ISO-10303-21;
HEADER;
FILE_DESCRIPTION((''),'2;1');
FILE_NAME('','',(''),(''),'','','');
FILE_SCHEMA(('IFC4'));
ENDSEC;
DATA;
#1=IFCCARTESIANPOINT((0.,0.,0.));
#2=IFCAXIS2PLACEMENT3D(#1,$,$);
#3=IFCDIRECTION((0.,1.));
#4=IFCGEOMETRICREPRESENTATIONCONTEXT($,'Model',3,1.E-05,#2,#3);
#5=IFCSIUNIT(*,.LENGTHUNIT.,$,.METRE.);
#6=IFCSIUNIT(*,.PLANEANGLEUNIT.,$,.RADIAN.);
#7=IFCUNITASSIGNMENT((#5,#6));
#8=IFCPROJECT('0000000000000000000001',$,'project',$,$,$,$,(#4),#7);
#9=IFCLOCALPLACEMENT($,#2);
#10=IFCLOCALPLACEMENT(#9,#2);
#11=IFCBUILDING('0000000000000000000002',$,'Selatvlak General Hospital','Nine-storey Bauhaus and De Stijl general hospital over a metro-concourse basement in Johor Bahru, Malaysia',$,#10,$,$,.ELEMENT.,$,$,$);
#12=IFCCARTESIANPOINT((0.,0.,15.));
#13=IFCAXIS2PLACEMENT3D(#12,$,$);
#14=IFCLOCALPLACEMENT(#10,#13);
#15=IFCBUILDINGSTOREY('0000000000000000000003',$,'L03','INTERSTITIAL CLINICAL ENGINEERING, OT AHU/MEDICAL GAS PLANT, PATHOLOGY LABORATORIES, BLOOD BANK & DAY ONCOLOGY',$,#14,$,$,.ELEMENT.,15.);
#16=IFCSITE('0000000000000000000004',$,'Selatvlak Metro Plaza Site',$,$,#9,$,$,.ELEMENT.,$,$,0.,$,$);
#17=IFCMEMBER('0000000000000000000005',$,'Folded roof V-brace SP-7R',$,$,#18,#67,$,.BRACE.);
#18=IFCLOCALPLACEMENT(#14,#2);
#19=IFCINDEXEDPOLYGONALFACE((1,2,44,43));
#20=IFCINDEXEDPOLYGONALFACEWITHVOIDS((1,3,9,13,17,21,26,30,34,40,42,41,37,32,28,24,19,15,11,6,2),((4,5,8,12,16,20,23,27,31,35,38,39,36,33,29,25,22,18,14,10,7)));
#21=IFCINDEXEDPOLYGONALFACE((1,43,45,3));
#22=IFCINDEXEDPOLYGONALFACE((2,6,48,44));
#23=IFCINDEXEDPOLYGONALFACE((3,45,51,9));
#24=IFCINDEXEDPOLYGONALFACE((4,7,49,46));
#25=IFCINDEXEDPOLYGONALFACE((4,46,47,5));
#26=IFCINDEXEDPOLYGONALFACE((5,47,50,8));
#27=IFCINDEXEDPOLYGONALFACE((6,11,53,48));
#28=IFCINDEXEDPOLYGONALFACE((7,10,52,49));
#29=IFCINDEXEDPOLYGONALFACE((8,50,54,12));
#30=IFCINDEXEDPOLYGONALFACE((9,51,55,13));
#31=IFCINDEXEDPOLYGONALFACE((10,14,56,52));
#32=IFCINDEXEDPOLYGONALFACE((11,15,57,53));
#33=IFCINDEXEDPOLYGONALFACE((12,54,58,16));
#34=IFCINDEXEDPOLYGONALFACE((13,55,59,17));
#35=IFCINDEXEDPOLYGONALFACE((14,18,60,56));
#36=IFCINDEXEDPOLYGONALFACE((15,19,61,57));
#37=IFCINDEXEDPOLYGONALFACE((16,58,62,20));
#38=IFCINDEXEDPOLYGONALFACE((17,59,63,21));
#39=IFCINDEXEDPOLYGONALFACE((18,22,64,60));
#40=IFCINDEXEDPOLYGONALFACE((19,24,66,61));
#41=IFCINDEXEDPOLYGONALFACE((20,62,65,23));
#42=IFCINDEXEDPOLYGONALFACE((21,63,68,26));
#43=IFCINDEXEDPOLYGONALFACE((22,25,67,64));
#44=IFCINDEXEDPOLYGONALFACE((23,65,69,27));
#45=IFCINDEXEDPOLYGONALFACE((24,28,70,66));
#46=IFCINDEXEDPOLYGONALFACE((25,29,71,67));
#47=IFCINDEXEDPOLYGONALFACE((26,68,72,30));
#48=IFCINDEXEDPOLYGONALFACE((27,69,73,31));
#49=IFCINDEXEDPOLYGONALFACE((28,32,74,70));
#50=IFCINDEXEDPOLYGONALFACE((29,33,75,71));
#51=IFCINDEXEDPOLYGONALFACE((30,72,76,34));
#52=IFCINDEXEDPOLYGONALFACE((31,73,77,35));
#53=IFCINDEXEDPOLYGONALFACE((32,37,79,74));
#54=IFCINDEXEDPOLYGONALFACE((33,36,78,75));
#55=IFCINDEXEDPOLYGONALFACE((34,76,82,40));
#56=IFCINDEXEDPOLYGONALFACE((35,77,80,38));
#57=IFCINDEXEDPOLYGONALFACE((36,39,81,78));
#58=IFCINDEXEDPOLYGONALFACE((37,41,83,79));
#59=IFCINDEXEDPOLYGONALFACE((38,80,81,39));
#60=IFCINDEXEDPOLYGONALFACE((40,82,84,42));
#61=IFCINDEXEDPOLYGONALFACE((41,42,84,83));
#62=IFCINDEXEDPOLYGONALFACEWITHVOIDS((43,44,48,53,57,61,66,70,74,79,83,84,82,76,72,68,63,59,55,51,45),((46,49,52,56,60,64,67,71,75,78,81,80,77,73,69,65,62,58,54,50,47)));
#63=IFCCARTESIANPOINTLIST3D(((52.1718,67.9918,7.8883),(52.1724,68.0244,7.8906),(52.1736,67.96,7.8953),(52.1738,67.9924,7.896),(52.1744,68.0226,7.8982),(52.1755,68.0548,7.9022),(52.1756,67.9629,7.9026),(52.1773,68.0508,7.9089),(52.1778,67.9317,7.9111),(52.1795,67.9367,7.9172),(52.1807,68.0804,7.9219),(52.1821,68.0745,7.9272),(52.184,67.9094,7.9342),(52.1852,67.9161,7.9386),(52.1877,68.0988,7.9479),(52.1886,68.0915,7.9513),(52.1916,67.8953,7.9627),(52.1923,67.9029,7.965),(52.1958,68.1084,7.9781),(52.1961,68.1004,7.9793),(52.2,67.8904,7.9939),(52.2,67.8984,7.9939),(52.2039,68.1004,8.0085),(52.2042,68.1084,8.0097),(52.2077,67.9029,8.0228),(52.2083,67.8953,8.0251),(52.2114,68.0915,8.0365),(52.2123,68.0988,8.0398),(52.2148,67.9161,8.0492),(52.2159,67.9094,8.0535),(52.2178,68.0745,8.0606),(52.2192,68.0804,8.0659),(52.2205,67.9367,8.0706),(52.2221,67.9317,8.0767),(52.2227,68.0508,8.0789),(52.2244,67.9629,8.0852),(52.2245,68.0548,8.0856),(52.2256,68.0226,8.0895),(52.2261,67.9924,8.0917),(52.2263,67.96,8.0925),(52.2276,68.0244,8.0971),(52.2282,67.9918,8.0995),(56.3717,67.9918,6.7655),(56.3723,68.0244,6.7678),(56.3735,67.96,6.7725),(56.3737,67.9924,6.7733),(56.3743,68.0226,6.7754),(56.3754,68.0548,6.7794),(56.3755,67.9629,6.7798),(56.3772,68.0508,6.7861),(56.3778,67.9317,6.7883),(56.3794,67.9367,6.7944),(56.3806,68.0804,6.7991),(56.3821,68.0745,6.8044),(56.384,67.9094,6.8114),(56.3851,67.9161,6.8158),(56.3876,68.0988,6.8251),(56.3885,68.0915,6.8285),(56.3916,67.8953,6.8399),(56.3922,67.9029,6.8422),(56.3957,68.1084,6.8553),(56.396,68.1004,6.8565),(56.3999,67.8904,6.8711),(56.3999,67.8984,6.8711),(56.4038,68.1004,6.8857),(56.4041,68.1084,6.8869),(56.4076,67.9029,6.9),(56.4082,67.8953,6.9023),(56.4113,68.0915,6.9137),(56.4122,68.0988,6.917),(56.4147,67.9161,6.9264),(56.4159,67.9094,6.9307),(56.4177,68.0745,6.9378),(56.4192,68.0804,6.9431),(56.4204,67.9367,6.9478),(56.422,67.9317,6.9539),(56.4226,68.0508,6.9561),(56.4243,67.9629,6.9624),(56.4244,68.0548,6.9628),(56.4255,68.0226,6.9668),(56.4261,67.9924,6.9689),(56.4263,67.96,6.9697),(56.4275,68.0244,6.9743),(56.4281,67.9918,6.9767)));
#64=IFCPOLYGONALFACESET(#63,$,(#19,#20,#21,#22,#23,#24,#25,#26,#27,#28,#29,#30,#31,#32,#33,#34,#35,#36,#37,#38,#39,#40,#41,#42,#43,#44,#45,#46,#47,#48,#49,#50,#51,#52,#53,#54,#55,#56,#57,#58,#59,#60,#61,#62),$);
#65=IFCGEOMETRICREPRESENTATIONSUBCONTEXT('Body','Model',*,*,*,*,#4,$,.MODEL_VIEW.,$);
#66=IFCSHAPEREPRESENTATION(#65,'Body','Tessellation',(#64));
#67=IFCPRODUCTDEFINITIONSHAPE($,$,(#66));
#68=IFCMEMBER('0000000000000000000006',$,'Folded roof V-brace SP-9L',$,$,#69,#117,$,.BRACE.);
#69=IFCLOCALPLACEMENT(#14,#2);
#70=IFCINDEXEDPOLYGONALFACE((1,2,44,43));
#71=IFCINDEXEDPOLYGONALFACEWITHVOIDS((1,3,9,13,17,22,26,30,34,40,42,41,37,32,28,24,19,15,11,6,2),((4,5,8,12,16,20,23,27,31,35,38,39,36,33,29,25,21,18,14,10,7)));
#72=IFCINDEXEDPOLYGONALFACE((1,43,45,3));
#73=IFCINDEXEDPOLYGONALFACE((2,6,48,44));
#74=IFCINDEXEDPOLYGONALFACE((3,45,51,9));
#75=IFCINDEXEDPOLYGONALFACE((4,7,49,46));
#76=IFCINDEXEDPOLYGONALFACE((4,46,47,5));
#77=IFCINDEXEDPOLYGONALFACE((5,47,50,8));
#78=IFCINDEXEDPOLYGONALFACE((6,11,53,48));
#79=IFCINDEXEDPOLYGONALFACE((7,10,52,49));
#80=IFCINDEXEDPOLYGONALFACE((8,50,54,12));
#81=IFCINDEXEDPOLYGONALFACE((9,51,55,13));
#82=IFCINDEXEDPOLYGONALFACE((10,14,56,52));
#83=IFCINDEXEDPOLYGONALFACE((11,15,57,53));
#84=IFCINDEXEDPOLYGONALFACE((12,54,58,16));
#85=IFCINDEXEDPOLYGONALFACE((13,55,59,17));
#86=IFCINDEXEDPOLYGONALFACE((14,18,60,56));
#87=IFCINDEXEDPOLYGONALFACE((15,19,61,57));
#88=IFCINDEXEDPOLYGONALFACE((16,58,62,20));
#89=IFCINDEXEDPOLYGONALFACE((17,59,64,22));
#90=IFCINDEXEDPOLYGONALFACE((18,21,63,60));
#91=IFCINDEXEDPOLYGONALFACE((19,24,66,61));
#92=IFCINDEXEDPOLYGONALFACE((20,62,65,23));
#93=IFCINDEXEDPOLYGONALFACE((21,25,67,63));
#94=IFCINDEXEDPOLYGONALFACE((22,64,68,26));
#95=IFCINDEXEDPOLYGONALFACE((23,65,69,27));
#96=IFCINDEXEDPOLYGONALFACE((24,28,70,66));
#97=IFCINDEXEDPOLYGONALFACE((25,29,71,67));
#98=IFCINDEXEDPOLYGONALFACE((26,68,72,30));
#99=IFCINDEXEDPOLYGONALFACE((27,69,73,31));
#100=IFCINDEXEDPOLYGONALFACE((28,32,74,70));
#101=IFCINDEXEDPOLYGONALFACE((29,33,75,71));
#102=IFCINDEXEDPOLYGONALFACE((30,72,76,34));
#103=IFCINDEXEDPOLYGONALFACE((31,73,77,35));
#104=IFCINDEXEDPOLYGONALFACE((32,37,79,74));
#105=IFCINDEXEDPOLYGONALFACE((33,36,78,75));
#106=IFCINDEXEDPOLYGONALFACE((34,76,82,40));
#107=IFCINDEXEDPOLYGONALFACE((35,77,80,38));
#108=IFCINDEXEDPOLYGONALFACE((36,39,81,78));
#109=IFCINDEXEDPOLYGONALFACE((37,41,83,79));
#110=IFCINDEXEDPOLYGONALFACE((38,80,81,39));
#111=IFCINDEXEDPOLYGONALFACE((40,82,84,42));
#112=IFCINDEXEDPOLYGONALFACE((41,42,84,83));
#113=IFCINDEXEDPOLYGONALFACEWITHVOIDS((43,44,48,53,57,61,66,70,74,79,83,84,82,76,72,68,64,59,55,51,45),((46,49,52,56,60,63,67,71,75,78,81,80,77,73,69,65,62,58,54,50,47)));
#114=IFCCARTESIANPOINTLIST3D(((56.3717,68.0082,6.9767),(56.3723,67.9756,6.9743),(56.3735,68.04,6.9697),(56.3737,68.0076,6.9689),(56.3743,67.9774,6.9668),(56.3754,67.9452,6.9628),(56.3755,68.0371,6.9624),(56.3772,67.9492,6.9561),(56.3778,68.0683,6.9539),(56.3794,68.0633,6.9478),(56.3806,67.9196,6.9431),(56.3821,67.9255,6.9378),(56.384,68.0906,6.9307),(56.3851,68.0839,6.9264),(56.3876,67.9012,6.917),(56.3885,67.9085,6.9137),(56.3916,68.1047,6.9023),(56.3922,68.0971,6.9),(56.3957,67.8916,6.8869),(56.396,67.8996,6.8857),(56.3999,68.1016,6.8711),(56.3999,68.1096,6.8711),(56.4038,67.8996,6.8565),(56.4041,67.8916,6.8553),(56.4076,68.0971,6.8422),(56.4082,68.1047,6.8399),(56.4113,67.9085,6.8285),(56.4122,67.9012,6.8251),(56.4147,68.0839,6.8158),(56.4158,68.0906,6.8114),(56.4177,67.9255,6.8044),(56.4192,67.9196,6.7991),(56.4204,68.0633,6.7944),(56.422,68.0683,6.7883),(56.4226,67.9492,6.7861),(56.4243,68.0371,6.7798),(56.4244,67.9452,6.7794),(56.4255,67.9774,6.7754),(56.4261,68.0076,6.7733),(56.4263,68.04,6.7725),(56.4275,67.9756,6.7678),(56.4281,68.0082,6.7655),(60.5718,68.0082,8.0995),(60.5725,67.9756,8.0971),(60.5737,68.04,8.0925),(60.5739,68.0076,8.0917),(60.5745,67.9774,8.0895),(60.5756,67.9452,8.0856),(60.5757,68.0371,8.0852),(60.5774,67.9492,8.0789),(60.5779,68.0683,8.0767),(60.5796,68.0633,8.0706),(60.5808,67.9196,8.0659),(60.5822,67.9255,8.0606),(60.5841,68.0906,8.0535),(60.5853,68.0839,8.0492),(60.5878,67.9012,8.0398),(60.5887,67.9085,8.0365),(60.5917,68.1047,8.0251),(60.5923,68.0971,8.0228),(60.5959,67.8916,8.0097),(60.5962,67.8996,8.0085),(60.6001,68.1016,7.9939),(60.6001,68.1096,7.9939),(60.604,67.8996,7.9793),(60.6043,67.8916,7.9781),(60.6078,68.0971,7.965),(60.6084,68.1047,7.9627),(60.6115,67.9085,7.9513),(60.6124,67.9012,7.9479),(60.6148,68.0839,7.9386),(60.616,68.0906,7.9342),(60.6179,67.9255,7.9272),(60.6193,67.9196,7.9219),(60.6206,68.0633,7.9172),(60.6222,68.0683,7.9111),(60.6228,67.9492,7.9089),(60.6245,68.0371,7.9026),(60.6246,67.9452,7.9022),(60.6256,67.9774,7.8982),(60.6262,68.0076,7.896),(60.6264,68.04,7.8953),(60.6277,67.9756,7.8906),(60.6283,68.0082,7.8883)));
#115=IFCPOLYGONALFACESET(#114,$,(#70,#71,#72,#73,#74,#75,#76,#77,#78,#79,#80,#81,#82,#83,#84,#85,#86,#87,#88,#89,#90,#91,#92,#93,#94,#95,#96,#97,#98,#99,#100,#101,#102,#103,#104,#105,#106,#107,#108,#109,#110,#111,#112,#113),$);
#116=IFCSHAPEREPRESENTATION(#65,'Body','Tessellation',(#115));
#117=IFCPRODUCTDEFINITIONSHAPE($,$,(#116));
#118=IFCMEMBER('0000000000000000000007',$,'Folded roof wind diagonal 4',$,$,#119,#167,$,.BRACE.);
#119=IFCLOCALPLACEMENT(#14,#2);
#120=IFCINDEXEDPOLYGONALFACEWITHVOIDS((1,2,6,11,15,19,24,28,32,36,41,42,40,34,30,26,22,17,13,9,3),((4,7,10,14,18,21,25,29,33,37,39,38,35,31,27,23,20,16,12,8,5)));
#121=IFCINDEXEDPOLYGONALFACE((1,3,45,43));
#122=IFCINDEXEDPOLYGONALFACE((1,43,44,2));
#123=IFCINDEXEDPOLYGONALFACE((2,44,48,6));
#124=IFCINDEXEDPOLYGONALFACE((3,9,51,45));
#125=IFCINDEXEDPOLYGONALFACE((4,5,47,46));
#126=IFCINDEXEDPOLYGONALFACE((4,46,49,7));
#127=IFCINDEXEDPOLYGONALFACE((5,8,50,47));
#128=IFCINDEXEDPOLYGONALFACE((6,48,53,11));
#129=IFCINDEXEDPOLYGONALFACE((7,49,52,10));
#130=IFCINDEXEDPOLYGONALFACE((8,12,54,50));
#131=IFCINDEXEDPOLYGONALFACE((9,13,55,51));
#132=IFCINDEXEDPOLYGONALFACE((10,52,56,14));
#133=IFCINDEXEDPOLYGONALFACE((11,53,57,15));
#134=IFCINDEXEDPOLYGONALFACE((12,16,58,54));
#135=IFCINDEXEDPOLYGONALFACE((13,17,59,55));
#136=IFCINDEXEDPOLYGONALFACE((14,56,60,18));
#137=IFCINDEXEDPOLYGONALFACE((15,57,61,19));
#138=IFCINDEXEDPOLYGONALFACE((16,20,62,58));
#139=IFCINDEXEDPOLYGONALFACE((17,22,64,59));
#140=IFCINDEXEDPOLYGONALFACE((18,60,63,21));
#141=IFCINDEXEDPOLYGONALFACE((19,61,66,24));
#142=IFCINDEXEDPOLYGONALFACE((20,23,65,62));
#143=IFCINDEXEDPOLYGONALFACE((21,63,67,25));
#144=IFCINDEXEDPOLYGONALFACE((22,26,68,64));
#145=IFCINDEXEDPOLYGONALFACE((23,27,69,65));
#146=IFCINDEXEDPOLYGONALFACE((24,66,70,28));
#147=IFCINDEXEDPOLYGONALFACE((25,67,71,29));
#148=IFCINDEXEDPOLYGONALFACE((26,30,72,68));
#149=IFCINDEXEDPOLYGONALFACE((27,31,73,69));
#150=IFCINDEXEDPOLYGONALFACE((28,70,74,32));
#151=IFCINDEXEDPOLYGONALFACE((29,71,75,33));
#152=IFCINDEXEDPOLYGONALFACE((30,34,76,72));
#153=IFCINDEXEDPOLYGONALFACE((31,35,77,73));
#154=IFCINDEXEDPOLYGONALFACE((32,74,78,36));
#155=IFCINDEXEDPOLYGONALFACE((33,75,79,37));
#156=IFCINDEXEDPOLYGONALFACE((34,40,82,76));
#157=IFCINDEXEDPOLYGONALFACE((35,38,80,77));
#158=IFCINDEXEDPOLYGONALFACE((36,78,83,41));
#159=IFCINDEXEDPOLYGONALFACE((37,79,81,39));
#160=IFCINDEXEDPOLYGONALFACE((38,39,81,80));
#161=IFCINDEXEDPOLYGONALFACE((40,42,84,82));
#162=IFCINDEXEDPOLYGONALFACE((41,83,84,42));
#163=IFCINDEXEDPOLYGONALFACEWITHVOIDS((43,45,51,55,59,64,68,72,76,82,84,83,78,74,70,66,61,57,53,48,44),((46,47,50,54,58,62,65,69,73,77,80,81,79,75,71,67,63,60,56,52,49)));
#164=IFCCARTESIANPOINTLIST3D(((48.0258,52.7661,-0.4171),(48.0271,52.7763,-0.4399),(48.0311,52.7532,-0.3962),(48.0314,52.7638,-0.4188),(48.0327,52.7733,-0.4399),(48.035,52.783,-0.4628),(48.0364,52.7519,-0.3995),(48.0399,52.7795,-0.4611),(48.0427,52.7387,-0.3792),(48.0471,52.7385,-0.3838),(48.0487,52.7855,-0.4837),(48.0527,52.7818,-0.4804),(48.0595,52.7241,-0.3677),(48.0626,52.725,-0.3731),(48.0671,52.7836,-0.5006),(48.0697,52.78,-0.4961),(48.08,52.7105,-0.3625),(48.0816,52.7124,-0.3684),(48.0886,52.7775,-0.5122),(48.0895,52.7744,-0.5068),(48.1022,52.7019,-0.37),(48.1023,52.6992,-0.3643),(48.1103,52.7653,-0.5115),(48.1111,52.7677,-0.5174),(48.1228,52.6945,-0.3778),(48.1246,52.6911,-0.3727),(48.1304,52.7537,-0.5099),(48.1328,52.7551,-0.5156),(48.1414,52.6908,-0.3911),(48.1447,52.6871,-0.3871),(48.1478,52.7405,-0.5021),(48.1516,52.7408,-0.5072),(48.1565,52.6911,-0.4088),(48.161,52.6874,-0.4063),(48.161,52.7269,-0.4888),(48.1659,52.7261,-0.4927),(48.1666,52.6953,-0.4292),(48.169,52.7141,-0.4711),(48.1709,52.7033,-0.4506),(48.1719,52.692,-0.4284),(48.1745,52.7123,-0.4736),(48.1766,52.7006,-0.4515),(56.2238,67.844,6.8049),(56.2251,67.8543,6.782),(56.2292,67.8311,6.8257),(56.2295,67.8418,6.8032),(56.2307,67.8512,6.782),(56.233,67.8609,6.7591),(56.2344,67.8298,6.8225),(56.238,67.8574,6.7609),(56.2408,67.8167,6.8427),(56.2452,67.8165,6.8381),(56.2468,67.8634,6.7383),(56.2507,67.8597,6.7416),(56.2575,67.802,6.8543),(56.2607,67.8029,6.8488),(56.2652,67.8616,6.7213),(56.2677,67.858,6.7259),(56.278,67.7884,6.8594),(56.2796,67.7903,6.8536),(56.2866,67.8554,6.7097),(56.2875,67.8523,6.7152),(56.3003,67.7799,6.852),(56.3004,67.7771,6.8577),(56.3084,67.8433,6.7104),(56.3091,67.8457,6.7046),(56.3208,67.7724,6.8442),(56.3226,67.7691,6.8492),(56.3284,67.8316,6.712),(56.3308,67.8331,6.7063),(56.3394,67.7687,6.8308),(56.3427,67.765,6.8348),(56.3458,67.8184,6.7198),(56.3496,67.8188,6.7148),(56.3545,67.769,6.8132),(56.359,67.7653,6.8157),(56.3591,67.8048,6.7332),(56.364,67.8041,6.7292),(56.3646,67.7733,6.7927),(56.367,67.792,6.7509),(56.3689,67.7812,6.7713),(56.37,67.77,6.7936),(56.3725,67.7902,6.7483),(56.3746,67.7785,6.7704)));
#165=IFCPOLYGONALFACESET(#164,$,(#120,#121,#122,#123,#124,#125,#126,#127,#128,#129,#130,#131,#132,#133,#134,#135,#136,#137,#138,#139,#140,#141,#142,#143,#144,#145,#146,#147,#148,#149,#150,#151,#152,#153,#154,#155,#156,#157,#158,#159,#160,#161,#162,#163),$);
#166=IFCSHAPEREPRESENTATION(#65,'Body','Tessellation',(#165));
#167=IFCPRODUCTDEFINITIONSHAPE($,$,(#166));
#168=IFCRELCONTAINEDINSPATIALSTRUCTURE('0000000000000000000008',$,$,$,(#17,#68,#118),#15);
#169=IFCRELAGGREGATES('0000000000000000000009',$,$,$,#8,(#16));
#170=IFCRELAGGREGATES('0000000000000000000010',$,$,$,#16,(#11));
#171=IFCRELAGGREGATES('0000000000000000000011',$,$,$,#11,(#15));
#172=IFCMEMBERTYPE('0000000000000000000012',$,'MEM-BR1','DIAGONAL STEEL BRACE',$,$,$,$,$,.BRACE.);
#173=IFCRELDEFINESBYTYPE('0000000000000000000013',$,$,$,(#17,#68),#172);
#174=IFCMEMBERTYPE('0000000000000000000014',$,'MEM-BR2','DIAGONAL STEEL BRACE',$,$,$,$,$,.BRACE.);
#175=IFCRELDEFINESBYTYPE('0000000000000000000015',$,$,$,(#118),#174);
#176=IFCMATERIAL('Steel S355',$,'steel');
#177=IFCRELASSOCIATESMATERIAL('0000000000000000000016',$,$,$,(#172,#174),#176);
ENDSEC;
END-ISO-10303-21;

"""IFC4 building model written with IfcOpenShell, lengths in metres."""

from ifc_helpers import new_model, si_unit, direction, frame, origin, origin_2d, place, context, subcontext, project, spatial, hollow_circle, extrude, material, material_profile, profile_set, type_object, element, save


model = new_model("IFC4")

# Units and contexts
model_context = context("Model", 3, precision=1e-05, world=origin(), true_north=direction((0.0, 1.0)))
body_context = subcontext(model_context, "Body", "Model", "MODEL_VIEW")
ifc_project = project(units=[si_unit("LENGTHUNIT", "METRE"), si_unit("PLANEANGLEUNIT", "RADIAN")], contexts=[model_context])

# Site, building, storey
site_placement = place(None, origin())
site = spatial("IfcSite", under=ifc_project, at=site_placement, Name="Selatvlak Metro Plaza Site", CompositionType="ELEMENT", RefElevation=0.0)
building_placement = place(site_placement, origin())
building = spatial("IfcBuilding", under=site, at=building_placement, Name="Selatvlak General Hospital", Description="Nine-storey Bauhaus and De Stijl general hospital over a metro-concourse basement in Johor Bahru, Malaysia", CompositionType="ELEMENT")
storey_placement = place(building_placement, frame((0.0, 0.0, 15.0)))
storey = spatial("IfcBuildingStorey", under=building, at=storey_placement, Name="L03", Description="INTERSTITIAL CLINICAL ENGINEERING, OT AHU/MEDICAL GAS PLANT, PATHOLOGY LABORATORIES, BLOOD BANK & DAY ONCOLOGY", CompositionType="ELEMENT", Elevation=15.0)

# Shared definitions
ifc_material = material(Name="Steel S355", Category="steel")

# Members
ifc_material_profile_1 = material_profile(ifc_material, hollow_circle(Radius=0.1096, WallThickness=0.0081, at=origin_2d()), Name="CHS 219.1x8")
ifc_profile_set_1 = profile_set([ifc_material_profile_1], Name="Steel S355")
member_type_1 = type_object("IfcMemberType", Name="MEM-BR1", Description="DIAGONAL STEEL BRACE", PredefinedType="BRACE", material=ifc_profile_set_1)
for number, where, z_axis, x_axis, name in (
    (1, (56.3999, 68.0, 6.8711), (-0.966074, 0.0, 0.258267), (0.0, -1.0, 0.0), "Folded roof V-brace SP-7R"),
):
    element("IfcMember", number, at=place(storey_placement, frame(where, z_axis=z_axis, x_axis=x_axis)), inside=storey, type_object=member_type_1, Name=name, PredefinedType="BRACE", context=body_context, shape_type="SweptSolid", body=[
        extrude(hollow_circle(Radius=0.1096, WallThickness=0.0081, at=origin_2d()), origin(), (0.0, 0.0, 1.0), 4.3474),
    ])
member_1_placement = place(storey_placement, frame((56.3999, 68.0, 6.8711), z_axis=(0.966077, 0.0, 0.258253), x_axis=(0.0, 1.0, 0.0)))
element("IfcMember", 2, at=member_1_placement, inside=storey, type_object=member_type_1, Name="Folded roof V-brace SP-9L", PredefinedType="BRACE", context=body_context, shape_type="SweptSolid", body=[
    extrude(hollow_circle(Radius=0.1096, WallThickness=0.0081, at=origin_2d()), origin(), (0.0, 0.0, 1.0), 4.3477),
])
ifc_material_profile_2 = material_profile(ifc_material, hollow_circle(Radius=0.0842, WallThickness=0.0063, at=origin_2d()), Name="CHS 168.3x6.3")
ifc_profile_set_2 = profile_set([ifc_material_profile_2], Name="Steel S355")
member_type_2 = type_object("IfcMemberType", Name="MEM-BR2", Description="DIAGONAL STEEL BRACE", PredefinedType="BRACE", material=ifc_profile_set_2)
member_2_placement = place(storey_placement, frame((48.1011, 52.7361, -0.4399), z_axis=(0.440278, 0.809766, 0.387858), x_axis=(-0.878539, 0.477671, 0.0)))
element("IfcMember", 3, at=member_2_placement, inside=storey, type_object=member_type_2, Name="Folded roof wind diagonal 4", PredefinedType="BRACE", context=body_context, shape_type="SweptSolid", body=[
    extrude(hollow_circle(Radius=0.0842, WallThickness=0.0063, at=origin_2d()), origin(), (0.0, 0.0, 1.0), 18.6201),
])

save(model, "model.ifc")
